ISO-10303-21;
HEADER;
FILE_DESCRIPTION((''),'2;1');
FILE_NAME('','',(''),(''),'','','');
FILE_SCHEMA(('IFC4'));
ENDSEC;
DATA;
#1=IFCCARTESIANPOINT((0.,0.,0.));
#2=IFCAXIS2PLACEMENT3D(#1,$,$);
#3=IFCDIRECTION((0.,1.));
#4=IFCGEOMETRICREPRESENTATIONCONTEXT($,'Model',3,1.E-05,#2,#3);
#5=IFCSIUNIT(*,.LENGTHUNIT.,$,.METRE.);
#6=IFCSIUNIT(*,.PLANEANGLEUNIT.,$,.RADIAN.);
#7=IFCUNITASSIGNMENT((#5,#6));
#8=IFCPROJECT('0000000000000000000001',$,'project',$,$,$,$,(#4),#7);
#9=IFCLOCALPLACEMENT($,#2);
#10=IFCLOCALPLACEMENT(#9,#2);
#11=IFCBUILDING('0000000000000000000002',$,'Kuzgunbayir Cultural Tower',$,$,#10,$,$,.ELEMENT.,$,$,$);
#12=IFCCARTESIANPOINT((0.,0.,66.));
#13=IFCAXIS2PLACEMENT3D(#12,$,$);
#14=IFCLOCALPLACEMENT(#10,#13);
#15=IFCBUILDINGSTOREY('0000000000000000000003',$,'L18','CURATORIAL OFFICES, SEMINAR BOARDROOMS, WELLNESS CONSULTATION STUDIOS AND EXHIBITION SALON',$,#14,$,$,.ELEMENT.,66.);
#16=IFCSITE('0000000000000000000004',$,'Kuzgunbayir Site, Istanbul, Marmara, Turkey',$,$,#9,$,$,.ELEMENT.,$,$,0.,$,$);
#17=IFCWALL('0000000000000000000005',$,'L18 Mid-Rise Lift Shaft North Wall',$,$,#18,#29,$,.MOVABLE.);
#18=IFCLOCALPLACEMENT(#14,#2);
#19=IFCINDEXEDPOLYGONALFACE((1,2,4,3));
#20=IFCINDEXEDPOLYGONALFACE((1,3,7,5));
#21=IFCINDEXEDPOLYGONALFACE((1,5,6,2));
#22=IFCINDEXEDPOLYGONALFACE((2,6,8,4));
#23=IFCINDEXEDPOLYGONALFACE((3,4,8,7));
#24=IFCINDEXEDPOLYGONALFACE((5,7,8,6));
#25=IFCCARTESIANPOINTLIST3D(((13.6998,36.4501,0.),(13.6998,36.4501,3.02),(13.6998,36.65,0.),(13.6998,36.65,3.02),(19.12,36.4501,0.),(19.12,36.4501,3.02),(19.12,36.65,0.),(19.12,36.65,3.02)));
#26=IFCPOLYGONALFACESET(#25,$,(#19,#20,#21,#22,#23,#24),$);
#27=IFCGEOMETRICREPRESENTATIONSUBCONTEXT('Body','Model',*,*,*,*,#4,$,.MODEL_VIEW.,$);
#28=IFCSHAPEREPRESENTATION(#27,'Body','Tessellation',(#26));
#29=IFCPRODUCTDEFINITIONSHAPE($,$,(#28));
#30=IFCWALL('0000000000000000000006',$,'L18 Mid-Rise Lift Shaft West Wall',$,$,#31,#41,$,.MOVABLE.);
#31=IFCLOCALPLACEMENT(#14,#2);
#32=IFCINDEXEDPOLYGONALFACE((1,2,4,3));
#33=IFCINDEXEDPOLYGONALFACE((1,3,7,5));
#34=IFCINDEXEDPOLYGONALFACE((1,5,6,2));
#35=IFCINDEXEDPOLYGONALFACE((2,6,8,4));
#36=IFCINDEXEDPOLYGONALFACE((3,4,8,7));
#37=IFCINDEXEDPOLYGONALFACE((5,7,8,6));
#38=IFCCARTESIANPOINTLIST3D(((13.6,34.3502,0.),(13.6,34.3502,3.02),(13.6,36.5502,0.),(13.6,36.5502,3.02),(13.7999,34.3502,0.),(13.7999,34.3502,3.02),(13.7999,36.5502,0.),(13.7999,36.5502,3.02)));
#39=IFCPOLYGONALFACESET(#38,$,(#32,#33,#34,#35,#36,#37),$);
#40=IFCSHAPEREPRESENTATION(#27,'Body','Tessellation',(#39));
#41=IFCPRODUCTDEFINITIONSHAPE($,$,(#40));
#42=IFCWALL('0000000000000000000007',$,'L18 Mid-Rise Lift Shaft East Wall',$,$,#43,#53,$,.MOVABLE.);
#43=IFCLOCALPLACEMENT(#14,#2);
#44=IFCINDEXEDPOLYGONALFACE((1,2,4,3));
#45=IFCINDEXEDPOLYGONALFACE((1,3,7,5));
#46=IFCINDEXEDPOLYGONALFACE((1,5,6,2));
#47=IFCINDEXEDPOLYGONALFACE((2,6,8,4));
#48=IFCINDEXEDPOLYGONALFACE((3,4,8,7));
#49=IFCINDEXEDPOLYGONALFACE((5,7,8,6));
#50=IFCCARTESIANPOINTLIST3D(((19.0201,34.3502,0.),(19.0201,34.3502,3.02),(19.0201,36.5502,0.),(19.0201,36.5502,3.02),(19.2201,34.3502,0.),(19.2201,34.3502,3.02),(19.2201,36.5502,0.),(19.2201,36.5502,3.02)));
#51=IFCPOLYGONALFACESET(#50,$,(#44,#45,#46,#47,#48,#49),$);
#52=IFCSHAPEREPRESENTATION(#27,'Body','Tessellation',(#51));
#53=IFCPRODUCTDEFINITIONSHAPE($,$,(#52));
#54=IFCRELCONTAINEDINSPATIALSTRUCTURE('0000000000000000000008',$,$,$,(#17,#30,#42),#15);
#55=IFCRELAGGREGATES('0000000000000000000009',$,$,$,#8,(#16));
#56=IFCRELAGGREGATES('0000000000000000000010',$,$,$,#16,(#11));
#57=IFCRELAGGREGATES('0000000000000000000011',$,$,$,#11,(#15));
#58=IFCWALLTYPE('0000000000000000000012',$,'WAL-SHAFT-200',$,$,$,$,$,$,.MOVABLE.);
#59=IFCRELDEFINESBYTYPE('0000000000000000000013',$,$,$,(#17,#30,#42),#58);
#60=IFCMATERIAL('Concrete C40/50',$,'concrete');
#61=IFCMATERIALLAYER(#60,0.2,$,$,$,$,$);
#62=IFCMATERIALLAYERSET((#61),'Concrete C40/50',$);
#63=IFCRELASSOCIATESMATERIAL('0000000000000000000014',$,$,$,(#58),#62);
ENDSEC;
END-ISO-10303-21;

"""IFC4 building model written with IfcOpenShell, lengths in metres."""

from ifc_helpers import new_model, si_unit, direction, frame, frame_2d, origin, place, context, subcontext, project, spatial, rectangle, extrude, material, layer, layer_set, type_object, element, save


model = new_model("IFC4")

# Units and contexts
model_context = context("Model", 3, precision=1e-05, world=origin(), true_north=direction((0.0, 1.0)))
body_context = subcontext(model_context, "Body", "Model", "MODEL_VIEW")
ifc_project = project(units=[si_unit("LENGTHUNIT", "METRE"), si_unit("PLANEANGLEUNIT", "RADIAN")], contexts=[model_context])

# Site, building, storey
site_placement = place(None, origin())
site = spatial("IfcSite", under=ifc_project, at=site_placement, Name="Kuzgunbayir Site, Istanbul, Marmara, Turkey", CompositionType="ELEMENT", RefElevation=0.0)
building_placement = place(site_placement, origin())
building = spatial("IfcBuilding", under=site, at=building_placement, Name="Kuzgunbayir Cultural Tower", CompositionType="ELEMENT")
storey_placement = place(building_placement, frame((0.0, 0.0, 66.0)))
storey = spatial("IfcBuildingStorey", under=building, at=storey_placement, Name="L18", Description="CURATORIAL OFFICES, SEMINAR BOARDROOMS, WELLNESS CONSULTATION STUDIOS AND EXHIBITION SALON", CompositionType="ELEMENT", Elevation=66.0)

# Walls
ifc_material_1 = material(Name="Concrete C40/50", Category="concrete")
ifc_layer_1 = layer(ifc_material_1, 0.2)
ifc_layer_set_1 = layer_set([ifc_layer_1], Name="Concrete C40/50")
wall_type_1 = type_object("IfcWallType", Name="WAL-SHAFT-200", PredefinedType="MOVABLE", material=ifc_layer_set_1)
for number, where, z_axis, x_axis, name in (
    (1, (13.7, 36.55, 0.0), (0.0, 0.0, 1.0), (1.0, 0.0, 0.0), "L18 Mid-Rise Lift Shaft North Wall"),
):
    element("IfcWall", number, at=place(storey_placement, frame(where, z_axis=z_axis, x_axis=x_axis)), inside=storey, type_object=wall_type_1, Name=name, PredefinedType="MOVABLE", context=body_context, shape_type="SweptSolid", body=[
        extrude(rectangle(XDim=5.4202, YDim=0.2, at=frame_2d((2.71, 0.0))), origin(), (0.0, 0.0, 1.0), 3.02),
    ])
for number, where, z_axis, x_axis, name in (
    (2, (13.7, 34.3501, 0.0), (0.0, 0.0, 1.0), (0.0, 1.0, 0.0), "L18 Mid-Rise Lift Shaft West Wall"),
    (3, (19.1201, 34.3501, 0.0), (0.0, 0.0, 1.0), (0.0, 1.0, 0.0), "L18 Mid-Rise Lift Shaft East Wall"),
):
    element("IfcWall", number, at=place(storey_placement, frame(where, z_axis=z_axis, x_axis=x_axis)), inside=storey, type_object=wall_type_1, Name=name, PredefinedType="MOVABLE", context=body_context, shape_type="SweptSolid", body=[
        extrude(rectangle(XDim=2.2, YDim=0.2, at=frame_2d((1.1001, 0.0))), origin(), (0.0, 0.0, 1.0), 3.02),
    ])

save(model, "model.ifc")
